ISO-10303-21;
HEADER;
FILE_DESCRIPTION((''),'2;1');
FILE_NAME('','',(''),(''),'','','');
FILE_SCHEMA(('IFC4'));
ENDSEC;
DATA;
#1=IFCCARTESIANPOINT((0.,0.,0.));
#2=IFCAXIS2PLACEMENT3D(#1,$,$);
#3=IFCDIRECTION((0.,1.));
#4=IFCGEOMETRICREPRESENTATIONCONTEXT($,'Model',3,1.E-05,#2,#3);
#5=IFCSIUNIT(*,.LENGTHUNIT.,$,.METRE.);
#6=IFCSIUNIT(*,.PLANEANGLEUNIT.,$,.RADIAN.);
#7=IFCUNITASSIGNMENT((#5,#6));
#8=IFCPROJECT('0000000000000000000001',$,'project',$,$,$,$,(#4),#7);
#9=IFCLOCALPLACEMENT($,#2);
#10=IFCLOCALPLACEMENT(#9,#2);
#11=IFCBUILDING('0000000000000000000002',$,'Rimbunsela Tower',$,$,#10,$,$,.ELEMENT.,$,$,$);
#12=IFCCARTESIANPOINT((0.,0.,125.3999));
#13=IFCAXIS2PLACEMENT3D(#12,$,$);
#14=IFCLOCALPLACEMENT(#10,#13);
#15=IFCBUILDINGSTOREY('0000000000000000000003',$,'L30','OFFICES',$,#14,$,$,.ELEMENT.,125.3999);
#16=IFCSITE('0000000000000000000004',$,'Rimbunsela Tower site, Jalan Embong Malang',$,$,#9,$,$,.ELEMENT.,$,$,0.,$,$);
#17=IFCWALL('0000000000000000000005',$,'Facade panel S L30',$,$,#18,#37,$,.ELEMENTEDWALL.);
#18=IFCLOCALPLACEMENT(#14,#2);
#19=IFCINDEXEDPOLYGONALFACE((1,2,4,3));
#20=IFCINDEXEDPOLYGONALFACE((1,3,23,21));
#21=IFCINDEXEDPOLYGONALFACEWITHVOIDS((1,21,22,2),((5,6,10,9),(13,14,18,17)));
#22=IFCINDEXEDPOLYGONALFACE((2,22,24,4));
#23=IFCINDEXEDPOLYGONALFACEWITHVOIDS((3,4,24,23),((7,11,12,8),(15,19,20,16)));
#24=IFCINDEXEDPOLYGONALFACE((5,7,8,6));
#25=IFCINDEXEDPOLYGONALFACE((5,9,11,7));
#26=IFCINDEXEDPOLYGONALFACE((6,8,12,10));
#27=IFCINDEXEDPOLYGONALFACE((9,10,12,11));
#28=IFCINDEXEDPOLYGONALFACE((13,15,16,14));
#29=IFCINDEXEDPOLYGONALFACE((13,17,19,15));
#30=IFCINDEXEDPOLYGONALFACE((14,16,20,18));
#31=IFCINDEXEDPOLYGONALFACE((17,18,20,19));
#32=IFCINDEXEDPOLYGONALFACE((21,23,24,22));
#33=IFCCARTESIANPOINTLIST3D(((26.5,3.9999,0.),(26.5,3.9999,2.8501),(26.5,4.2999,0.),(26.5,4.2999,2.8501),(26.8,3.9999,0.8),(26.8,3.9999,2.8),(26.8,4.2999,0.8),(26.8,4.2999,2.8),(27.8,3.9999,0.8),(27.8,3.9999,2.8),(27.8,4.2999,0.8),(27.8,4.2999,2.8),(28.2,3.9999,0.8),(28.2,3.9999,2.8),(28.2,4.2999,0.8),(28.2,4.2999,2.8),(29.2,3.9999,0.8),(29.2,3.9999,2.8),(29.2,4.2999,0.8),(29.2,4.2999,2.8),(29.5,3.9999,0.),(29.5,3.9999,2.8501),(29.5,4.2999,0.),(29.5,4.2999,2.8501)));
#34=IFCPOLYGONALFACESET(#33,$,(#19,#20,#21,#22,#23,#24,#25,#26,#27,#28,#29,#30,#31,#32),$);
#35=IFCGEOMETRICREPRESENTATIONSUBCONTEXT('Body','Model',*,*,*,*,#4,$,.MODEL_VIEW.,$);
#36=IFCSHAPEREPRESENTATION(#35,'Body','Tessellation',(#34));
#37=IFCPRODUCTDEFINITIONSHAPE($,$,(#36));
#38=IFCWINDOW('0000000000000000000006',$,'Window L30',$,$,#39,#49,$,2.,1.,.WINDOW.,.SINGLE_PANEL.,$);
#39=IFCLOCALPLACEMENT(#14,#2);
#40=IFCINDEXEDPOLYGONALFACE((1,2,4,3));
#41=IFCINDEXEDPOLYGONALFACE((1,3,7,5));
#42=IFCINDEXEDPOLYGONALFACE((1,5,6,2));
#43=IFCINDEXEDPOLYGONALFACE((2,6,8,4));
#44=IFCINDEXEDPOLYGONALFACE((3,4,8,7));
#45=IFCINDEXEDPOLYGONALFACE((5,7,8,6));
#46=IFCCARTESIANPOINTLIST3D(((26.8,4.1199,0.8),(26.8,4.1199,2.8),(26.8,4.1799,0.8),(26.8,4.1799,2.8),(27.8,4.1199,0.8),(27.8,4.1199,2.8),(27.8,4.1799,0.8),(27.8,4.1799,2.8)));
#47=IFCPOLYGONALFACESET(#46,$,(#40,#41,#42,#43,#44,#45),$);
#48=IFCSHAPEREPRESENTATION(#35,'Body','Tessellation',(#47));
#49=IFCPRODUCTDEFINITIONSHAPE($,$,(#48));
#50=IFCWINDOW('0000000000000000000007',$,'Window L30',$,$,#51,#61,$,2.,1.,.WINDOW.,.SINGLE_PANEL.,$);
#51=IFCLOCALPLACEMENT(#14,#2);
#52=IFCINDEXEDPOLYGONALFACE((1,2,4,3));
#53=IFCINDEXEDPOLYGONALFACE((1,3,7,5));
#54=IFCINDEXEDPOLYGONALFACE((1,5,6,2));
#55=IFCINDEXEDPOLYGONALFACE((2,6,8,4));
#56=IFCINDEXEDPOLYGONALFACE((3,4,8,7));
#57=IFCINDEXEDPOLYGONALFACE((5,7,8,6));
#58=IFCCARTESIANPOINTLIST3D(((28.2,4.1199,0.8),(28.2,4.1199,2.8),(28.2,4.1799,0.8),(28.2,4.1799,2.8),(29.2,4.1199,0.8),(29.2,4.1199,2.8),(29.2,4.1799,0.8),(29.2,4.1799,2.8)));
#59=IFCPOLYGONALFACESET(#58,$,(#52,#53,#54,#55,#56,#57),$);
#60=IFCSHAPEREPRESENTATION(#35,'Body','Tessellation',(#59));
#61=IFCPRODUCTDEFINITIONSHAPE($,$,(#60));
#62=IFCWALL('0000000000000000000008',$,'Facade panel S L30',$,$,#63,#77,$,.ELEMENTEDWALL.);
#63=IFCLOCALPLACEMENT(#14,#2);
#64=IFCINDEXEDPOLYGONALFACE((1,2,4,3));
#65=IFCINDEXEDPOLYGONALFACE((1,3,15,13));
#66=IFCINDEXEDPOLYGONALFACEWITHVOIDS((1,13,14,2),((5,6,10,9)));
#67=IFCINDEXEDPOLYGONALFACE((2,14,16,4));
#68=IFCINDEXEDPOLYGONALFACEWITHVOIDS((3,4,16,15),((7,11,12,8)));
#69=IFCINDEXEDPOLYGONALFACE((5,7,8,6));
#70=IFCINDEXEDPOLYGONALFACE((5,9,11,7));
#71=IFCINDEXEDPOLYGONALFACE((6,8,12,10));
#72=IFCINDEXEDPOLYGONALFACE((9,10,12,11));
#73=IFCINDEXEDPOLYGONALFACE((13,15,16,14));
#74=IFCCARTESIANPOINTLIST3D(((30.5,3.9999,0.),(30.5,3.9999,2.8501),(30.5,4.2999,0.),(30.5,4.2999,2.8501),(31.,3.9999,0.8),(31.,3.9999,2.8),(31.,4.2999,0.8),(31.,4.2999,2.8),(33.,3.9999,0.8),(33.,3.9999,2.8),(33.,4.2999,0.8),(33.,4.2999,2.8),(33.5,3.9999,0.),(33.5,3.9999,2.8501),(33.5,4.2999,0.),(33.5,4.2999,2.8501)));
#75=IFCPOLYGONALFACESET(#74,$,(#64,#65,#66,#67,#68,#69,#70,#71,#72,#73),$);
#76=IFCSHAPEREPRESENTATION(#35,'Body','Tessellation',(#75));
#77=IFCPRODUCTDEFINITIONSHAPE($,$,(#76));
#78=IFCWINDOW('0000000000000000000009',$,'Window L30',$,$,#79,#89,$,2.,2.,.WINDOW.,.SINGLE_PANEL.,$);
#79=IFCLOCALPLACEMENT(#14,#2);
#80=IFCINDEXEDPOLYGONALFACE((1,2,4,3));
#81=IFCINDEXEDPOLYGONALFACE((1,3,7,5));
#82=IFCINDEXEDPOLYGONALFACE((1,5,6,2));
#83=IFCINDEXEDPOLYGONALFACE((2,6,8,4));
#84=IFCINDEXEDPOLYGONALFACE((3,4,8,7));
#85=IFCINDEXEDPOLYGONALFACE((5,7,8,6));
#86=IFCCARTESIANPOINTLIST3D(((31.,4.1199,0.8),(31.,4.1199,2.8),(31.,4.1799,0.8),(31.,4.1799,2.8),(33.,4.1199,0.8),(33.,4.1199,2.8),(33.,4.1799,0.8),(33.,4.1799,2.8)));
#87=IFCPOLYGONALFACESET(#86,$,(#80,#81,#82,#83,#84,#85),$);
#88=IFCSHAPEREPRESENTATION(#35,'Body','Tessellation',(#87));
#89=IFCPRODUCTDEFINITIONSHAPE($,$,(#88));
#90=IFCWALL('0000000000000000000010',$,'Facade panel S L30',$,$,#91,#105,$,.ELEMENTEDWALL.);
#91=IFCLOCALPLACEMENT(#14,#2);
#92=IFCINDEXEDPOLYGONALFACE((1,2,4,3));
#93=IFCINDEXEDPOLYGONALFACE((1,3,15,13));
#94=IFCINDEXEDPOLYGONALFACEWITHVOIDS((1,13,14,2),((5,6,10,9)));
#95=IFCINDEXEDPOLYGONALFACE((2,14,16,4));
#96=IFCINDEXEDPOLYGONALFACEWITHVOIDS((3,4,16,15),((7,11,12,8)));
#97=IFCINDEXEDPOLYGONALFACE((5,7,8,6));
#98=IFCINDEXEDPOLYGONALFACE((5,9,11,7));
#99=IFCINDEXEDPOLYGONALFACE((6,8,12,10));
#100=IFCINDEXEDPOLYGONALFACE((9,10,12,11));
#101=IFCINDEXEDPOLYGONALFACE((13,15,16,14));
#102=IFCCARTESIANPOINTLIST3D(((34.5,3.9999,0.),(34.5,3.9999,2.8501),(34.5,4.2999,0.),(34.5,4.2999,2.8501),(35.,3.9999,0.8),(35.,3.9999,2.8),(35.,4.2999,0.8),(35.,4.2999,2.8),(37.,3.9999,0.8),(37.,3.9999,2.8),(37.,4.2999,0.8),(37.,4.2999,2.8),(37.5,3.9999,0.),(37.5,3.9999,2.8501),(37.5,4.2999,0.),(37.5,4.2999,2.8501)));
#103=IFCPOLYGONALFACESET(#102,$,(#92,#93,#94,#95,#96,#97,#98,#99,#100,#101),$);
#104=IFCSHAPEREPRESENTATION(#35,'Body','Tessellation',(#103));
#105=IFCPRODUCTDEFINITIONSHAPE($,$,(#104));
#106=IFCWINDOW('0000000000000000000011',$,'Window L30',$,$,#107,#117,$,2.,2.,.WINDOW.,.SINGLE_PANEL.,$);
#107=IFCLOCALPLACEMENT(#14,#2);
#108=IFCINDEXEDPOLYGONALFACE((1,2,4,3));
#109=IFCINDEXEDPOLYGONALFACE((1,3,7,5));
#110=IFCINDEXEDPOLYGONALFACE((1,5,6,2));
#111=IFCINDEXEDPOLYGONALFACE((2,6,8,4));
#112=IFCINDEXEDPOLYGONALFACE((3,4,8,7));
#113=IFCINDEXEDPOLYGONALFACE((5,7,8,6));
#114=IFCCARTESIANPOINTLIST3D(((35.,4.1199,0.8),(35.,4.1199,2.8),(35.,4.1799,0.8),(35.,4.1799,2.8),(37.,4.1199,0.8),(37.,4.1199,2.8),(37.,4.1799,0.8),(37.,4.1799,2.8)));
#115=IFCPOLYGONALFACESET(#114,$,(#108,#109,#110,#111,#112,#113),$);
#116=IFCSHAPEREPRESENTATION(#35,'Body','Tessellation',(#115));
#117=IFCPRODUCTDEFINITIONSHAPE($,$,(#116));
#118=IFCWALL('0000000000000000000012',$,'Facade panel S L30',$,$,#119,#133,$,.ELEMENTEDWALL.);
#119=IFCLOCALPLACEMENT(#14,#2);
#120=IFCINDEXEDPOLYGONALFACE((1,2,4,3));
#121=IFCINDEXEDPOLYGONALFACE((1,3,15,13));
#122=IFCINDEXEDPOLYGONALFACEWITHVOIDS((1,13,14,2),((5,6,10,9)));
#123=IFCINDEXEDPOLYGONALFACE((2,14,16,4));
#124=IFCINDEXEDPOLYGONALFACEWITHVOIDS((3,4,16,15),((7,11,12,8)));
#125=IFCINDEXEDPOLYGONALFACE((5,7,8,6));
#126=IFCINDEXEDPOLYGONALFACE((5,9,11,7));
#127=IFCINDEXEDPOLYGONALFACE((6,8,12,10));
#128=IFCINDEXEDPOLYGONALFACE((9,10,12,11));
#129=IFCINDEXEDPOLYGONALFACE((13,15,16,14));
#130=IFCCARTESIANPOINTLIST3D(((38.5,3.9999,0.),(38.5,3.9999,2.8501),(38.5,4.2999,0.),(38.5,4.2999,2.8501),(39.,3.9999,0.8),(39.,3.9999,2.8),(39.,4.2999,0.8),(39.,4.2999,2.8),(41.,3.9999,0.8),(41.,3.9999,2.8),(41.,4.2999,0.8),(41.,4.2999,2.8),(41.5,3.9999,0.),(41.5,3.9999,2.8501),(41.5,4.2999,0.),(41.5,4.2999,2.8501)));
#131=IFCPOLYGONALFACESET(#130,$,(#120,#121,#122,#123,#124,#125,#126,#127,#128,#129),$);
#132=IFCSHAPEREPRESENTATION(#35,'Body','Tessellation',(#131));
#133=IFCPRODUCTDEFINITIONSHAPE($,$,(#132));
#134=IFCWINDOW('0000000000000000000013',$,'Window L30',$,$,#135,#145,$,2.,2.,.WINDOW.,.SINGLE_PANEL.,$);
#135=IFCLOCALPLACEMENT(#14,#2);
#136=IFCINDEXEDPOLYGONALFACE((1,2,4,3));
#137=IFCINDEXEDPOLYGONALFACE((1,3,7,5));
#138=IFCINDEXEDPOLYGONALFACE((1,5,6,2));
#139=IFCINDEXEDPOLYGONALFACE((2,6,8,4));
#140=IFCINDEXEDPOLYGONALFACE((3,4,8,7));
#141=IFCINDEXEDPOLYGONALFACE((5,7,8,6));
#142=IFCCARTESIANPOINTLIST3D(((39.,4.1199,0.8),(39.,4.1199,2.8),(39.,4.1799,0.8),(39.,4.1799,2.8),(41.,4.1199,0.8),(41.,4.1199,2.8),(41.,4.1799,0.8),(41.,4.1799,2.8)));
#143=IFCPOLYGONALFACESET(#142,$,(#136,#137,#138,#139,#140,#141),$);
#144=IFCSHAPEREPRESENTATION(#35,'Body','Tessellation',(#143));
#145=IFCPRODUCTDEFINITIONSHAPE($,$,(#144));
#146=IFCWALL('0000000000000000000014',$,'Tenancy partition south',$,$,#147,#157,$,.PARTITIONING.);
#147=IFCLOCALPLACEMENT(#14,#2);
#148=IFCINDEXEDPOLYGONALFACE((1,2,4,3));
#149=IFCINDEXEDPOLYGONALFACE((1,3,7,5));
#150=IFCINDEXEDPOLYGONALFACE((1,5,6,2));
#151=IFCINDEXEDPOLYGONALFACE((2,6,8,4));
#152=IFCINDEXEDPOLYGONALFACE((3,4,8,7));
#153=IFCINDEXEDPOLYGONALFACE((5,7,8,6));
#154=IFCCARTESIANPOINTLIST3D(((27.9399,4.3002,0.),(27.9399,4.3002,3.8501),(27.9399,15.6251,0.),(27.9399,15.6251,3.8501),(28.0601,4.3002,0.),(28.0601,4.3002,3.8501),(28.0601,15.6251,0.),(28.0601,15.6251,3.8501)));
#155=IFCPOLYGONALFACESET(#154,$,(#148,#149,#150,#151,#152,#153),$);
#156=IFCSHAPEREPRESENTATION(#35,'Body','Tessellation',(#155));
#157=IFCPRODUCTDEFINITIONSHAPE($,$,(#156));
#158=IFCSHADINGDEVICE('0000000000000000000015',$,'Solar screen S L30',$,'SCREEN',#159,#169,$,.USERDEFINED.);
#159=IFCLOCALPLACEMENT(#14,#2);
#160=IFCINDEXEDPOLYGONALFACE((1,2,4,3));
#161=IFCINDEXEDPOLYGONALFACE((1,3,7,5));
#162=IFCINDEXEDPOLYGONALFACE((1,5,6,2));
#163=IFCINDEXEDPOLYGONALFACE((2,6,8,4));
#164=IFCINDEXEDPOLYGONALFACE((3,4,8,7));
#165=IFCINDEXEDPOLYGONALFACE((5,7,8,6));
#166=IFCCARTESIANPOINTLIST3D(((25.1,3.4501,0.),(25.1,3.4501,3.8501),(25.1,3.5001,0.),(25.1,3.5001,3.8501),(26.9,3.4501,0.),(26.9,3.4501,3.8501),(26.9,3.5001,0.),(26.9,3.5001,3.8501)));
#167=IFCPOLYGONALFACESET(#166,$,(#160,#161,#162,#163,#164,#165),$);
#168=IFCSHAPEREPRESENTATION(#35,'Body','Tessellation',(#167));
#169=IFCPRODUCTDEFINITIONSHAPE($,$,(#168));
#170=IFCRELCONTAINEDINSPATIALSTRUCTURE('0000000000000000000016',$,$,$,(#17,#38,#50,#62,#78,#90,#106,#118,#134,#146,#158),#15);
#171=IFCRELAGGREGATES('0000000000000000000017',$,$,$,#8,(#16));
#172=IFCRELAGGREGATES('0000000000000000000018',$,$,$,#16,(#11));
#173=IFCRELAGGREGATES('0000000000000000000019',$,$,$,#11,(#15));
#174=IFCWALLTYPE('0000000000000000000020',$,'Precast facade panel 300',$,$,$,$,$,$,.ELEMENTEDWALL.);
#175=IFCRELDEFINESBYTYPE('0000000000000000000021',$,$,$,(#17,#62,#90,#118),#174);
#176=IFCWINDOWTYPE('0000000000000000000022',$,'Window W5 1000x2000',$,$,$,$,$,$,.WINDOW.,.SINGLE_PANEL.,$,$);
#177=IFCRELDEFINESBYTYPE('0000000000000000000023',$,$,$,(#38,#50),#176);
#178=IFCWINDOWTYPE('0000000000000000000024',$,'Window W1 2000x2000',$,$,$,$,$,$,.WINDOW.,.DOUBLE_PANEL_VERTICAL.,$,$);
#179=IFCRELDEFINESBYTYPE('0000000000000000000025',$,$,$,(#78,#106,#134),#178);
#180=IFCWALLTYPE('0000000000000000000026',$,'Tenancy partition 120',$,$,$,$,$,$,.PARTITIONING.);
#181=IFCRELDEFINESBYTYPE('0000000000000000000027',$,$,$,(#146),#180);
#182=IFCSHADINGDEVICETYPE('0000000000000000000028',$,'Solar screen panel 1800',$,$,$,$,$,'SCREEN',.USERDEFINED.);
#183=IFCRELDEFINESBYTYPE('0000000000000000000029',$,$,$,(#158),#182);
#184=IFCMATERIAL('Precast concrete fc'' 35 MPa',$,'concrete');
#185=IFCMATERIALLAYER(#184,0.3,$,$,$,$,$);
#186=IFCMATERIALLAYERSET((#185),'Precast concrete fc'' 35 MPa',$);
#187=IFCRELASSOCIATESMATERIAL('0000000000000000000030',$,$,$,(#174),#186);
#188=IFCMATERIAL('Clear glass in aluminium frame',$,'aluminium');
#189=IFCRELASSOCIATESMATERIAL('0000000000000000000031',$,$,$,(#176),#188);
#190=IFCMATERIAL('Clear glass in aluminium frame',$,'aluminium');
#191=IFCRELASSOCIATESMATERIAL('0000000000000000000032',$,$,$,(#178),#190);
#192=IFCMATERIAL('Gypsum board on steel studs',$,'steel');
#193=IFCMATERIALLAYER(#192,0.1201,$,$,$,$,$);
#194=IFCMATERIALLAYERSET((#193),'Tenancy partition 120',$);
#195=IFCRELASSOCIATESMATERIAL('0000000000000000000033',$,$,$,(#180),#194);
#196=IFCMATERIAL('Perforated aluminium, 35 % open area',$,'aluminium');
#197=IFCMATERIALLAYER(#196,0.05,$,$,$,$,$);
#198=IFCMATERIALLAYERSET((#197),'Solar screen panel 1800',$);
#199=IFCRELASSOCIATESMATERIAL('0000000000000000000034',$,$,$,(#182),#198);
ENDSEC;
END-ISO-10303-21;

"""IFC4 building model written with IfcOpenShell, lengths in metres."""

from ifc_helpers import new_model, si_unit, direction, frame, frame_2d, origin, origin_2d, place, context, subcontext, project, spatial, rectangle, extrude, material, layer, layer_set, type_object, element, fill, save


model = new_model("IFC4")

# Units and contexts
model_context = context("Model", 3, precision=1e-05, world=origin(), true_north=direction((0.0, 1.0)))
body_context = subcontext(model_context, "Body", "Model", "MODEL_VIEW")
ifc_project = project(units=[si_unit("LENGTHUNIT", "METRE"), si_unit("PLANEANGLEUNIT", "RADIAN")], contexts=[model_context])

# Site, building, storey
site_placement = place(None, origin())
site = spatial("IfcSite", under=ifc_project, at=site_placement, Name="Rimbunsela Tower site, Jalan Embong Malang", CompositionType="ELEMENT", RefElevation=0.0)
building_placement = place(site_placement, origin())
building = spatial("IfcBuilding", under=site, at=building_placement, Name="Rimbunsela Tower", CompositionType="ELEMENT")
storey_placement = place(building_placement, frame((0.0, 0.0, 125.3999)))
storey = spatial("IfcBuildingStorey", under=building, at=storey_placement, Name="L30", Description="OFFICES", CompositionType="ELEMENT", Elevation=125.3999)

# Wall, openings, windows
ifc_material_1 = material(Name="Precast concrete fc' 35 MPa", Category="concrete")
ifc_layer_1 = layer(ifc_material_1, 0.3)
ifc_layer_set_1 = layer_set([ifc_layer_1], Name="Precast concrete fc' 35 MPa")
wall_type_1 = type_object("IfcWallType", Name="Precast facade panel 300", PredefinedType="ELEMENTEDWALL", material=ifc_layer_set_1)
wall_1_placement = place(storey_placement, frame((26.5, 4.1499, 0.0), z_axis=(0.0, 0.0, 1.0), x_axis=(1.0, 0.0, 0.0)))
wall_1 = element("IfcWall", 1, at=wall_1_placement, inside=storey, type_object=wall_type_1, Name="Facade panel S L30", PredefinedType="ELEMENTEDWALL", context=body_context, shape_type="SweptSolid", body=[
    extrude(rectangle(XDim=3.0, YDim=0.3, at=frame_2d((1.5, 0.0))), origin(), (0.0, 0.0, 1.0), 2.8501),
])
opening_1_placement = place(wall_1_placement, frame((0.3, 0.0, 0.8)))
opening_1 = element("IfcOpeningElement", 2, at=opening_1_placement, cuts=wall_1, PredefinedType="OPENING", context=body_context, shape_type="SweptSolid", body=[
    extrude(rectangle(XDim=1.0, YDim=2.0, at=frame_2d((0.5, 1.0))), frame((0.0, 0.1599, 0.0), z_axis=(0.0, -1.0, 0.0), x_axis=(1.0, 0.0, 0.0)), (0.0, 0.0, 1.0), 0.3201),
])
opening_2_placement = place(wall_1_placement, frame((1.7, 0.0, 0.8)))
opening_2 = element("IfcOpeningElement", 3, at=opening_2_placement, cuts=wall_1, PredefinedType="OPENING", context=body_context, shape_type="SweptSolid", body=[
    extrude(rectangle(XDim=1.0, YDim=2.0, at=frame_2d((0.5, 1.0))), frame((0.0, 0.1599, 0.0), z_axis=(0.0, -1.0, 0.0), x_axis=(1.0, 0.0, 0.0)), (0.0, 0.0, 1.0), 0.3201),
])
ifc_material_2 = material(Name="Clear glass in aluminium frame", Category="aluminium")
window_type_1 = type_object("IfcWindowType", Name="Window W5 1000x2000", PartitioningType="SINGLE_PANEL", PredefinedType="WINDOW", material=ifc_material_2)
window_1_placement = place(opening_1_placement, origin())
window_1 = element("IfcWindow", 4, at=window_1_placement, inside=storey, type_object=window_type_1, Name="Window L30", OverallHeight=2.0, OverallWidth=1.0, PartitioningType="SINGLE_PANEL", PredefinedType="WINDOW", context=body_context, shape_type="SweptSolid", body=[
    extrude(rectangle(XDim=1.0, YDim=2.0, at=frame_2d((0.5, 1.0))), frame((0.0, 0.03, 0.0), z_axis=(0.0, -1.0, 0.0), x_axis=(1.0, 0.0, 0.0)), (0.0, 0.0, 1.0), 0.0601),
])
fill(opening_1, window_1)
window_2_placement = place(opening_2_placement, origin())
window_2 = element("IfcWindow", 5, at=window_2_placement, inside=storey, type_object=window_type_1, Name="Window L30", OverallHeight=2.0, OverallWidth=1.0, PartitioningType="SINGLE_PANEL", PredefinedType="WINDOW", context=body_context, shape_type="SweptSolid", body=[
    extrude(rectangle(XDim=1.0, YDim=2.0, at=frame_2d((0.5, 1.0))), frame((0.0, 0.03, 0.0), z_axis=(0.0, -1.0, 0.0), x_axis=(1.0, 0.0, 0.0)), (0.0, 0.0, 1.0), 0.0601),
])
fill(opening_2, window_2)

# Walls, openings, windows
wall_2_placement = place(storey_placement, frame((30.5, 4.1499, 0.0), z_axis=(0.0, 0.0, 1.0), x_axis=(1.0, 0.0, 0.0)))
wall_2 = element("IfcWall", 6, at=wall_2_placement, inside=storey, type_object=wall_type_1, Name="Facade panel S L30", PredefinedType="ELEMENTEDWALL", context=body_context, shape_type="SweptSolid", body=[
    extrude(rectangle(XDim=3.0, YDim=0.3, at=frame_2d((1.5, 0.0))), origin(), (0.0, 0.0, 1.0), 2.8501),
])
opening_3_placement = place(wall_2_placement, frame((0.5, 0.0, 0.8)))
opening_3 = element("IfcOpeningElement", 7, at=opening_3_placement, cuts=wall_2, PredefinedType="OPENING", context=body_context, shape_type="SweptSolid", body=[
    extrude(rectangle(XDim=2.0, YDim=2.0, at=frame_2d((1.0, 1.0))), frame((0.0, 0.1599, 0.0), z_axis=(0.0, -1.0, 0.0), x_axis=(1.0, 0.0, 0.0)), (0.0, 0.0, 1.0), 0.3201),
])
ifc_material_3 = material(Name="Clear glass in aluminium frame", Category="aluminium")
window_type_2 = type_object("IfcWindowType", Name="Window W1 2000x2000", PartitioningType="DOUBLE_PANEL_VERTICAL", PredefinedType="WINDOW", material=ifc_material_3)
window_3_placement = place(opening_3_placement, origin())
window_3 = element("IfcWindow", 8, at=window_3_placement, inside=storey, type_object=window_type_2, Name="Window L30", OverallHeight=2.0, OverallWidth=2.0, PartitioningType="SINGLE_PANEL", PredefinedType="WINDOW", context=body_context, shape_type="SweptSolid", body=[
    extrude(rectangle(XDim=2.0, YDim=2.0, at=frame_2d((1.0, 1.0))), frame((0.0, 0.03, 0.0), z_axis=(0.0, -1.0, 0.0), x_axis=(1.0, 0.0, 0.0)), (0.0, 0.0, 1.0), 0.0601),
])
fill(opening_3, window_3)
wall_3_placement = place(storey_placement, frame((34.5, 4.1499, 0.0), z_axis=(0.0, 0.0, 1.0), x_axis=(1.0, 0.0, 0.0)))
wall_3 = element("IfcWall", 9, at=wall_3_placement, inside=storey, type_object=wall_type_1, Name="Facade panel S L30", PredefinedType="ELEMENTEDWALL", context=body_context, shape_type="SweptSolid", body=[
    extrude(rectangle(XDim=3.0, YDim=0.3, at=frame_2d((1.5, 0.0))), origin(), (0.0, 0.0, 1.0), 2.8501),
])
opening_4_placement = place(wall_3_placement, frame((0.5, 0.0, 0.8)))
opening_4 = element("IfcOpeningElement", 10, at=opening_4_placement, cuts=wall_3, PredefinedType="OPENING", context=body_context, shape_type="SweptSolid", body=[
    extrude(rectangle(XDim=2.0, YDim=2.0, at=frame_2d((1.0, 1.0))), frame((0.0, 0.1599, 0.0), z_axis=(0.0, -1.0, 0.0), x_axis=(1.0, 0.0, 0.0)), (0.0, 0.0, 1.0), 0.3201),
])
window_4_placement = place(opening_4_placement, origin())
window_4 = element("IfcWindow", 11, at=window_4_placement, inside=storey, type_object=window_type_2, Name="Window L30", OverallHeight=2.0, OverallWidth=2.0, PartitioningType="SINGLE_PANEL", PredefinedType="WINDOW", context=body_context, shape_type="SweptSolid", body=[
    extrude(rectangle(XDim=2.0, YDim=2.0, at=frame_2d((1.0, 1.0))), frame((0.0, 0.03, 0.0), z_axis=(0.0, -1.0, 0.0), x_axis=(1.0, 0.0, 0.0)), (0.0, 0.0, 1.0), 0.0601),
])
fill(opening_4, window_4)
wall_4_placement = place(storey_placement, frame((38.5, 4.1499, 0.0), z_axis=(0.0, 0.0, 1.0), x_axis=(1.0, 0.0, 0.0)))
wall_4 = element("IfcWall", 12, at=wall_4_placement, inside=storey, type_object=wall_type_1, Name="Facade panel S L30", PredefinedType="ELEMENTEDWALL", context=body_context, shape_type="SweptSolid", body=[
    extrude(rectangle(XDim=3.0, YDim=0.3, at=frame_2d((1.5, 0.0))), origin(), (0.0, 0.0, 1.0), 2.8501),
])
opening_5_placement = place(wall_4_placement, frame((0.5, 0.0, 0.8)))
opening_5 = element("IfcOpeningElement", 13, at=opening_5_placement, cuts=wall_4, PredefinedType="OPENING", context=body_context, shape_type="SweptSolid", body=[
    extrude(rectangle(XDim=2.0, YDim=2.0, at=frame_2d((1.0, 1.0))), frame((0.0, 0.1599, 0.0), z_axis=(0.0, -1.0, 0.0), x_axis=(1.0, 0.0, 0.0)), (0.0, 0.0, 1.0), 0.3201),
])
window_5_placement = place(opening_5_placement, origin())
window_5 = element("IfcWindow", 14, at=window_5_placement, inside=storey, type_object=window_type_2, Name="Window L30", OverallHeight=2.0, OverallWidth=2.0, PartitioningType="SINGLE_PANEL", PredefinedType="WINDOW", context=body_context, shape_type="SweptSolid", body=[
    extrude(rectangle(XDim=2.0, YDim=2.0, at=frame_2d((1.0, 1.0))), frame((0.0, 0.03, 0.0), z_axis=(0.0, -1.0, 0.0), x_axis=(1.0, 0.0, 0.0)), (0.0, 0.0, 1.0), 0.0601),
])
fill(opening_5, window_5)

# Wall
ifc_material_4 = material(Name="Gypsum board on steel studs", Category="steel")
ifc_layer_2 = layer(ifc_material_4, 0.1201)
ifc_layer_set_2 = layer_set([ifc_layer_2], Name="Tenancy partition 120")
wall_type_2 = type_object("IfcWallType", Name="Tenancy partition 120", PredefinedType="PARTITIONING", material=ifc_layer_set_2)
wall_5_placement = place(storey_placement, frame((28.0, 4.3, 0.0), z_axis=(0.0, 0.0, 1.0), x_axis=(0.0, 1.0, 0.0)))
element("IfcWall", 15, at=wall_5_placement, inside=storey, type_object=wall_type_2, Name="Tenancy partition south", PredefinedType="PARTITIONING", context=body_context, shape_type="SweptSolid", body=[
    extrude(rectangle(XDim=11.325, YDim=0.1201, at=frame_2d((5.6626, 0.0))), origin(), (0.0, 0.0, 1.0), 3.8501),
])

# Shading device
ifc_material_5 = material(Name="Perforated aluminium, 35 % open area", Category="aluminium")
ifc_layer_3 = layer(ifc_material_5, 0.05)
ifc_layer_set_3 = layer_set([ifc_layer_3], Name="Solar screen panel 1800")
shading_device_type = type_object("IfcShadingDeviceType", Name="Solar screen panel 1800", ElementType="SCREEN", PredefinedType="USERDEFINED", material=ifc_layer_set_3)
for number, where, z_axis, x_axis, name in (
    (16, (26.0, 3.4751, 0.0), (0.0, 0.0, 1.0), (1.0, 0.0, 0.0), "Solar screen S L30"),
):
    element("IfcShadingDevice", number, at=place(storey_placement, frame(where, z_axis=z_axis, x_axis=x_axis)), inside=storey, type_object=shading_device_type, Name=name, ObjectType="SCREEN", PredefinedType="USERDEFINED", context=body_context, shape_type="SweptSolid", body=[
        extrude(rectangle(XDim=1.8, YDim=0.05, at=origin_2d()), origin(), (0.0, 0.0, 1.0), 3.8501),
    ])

save(model, "model.ifc")
